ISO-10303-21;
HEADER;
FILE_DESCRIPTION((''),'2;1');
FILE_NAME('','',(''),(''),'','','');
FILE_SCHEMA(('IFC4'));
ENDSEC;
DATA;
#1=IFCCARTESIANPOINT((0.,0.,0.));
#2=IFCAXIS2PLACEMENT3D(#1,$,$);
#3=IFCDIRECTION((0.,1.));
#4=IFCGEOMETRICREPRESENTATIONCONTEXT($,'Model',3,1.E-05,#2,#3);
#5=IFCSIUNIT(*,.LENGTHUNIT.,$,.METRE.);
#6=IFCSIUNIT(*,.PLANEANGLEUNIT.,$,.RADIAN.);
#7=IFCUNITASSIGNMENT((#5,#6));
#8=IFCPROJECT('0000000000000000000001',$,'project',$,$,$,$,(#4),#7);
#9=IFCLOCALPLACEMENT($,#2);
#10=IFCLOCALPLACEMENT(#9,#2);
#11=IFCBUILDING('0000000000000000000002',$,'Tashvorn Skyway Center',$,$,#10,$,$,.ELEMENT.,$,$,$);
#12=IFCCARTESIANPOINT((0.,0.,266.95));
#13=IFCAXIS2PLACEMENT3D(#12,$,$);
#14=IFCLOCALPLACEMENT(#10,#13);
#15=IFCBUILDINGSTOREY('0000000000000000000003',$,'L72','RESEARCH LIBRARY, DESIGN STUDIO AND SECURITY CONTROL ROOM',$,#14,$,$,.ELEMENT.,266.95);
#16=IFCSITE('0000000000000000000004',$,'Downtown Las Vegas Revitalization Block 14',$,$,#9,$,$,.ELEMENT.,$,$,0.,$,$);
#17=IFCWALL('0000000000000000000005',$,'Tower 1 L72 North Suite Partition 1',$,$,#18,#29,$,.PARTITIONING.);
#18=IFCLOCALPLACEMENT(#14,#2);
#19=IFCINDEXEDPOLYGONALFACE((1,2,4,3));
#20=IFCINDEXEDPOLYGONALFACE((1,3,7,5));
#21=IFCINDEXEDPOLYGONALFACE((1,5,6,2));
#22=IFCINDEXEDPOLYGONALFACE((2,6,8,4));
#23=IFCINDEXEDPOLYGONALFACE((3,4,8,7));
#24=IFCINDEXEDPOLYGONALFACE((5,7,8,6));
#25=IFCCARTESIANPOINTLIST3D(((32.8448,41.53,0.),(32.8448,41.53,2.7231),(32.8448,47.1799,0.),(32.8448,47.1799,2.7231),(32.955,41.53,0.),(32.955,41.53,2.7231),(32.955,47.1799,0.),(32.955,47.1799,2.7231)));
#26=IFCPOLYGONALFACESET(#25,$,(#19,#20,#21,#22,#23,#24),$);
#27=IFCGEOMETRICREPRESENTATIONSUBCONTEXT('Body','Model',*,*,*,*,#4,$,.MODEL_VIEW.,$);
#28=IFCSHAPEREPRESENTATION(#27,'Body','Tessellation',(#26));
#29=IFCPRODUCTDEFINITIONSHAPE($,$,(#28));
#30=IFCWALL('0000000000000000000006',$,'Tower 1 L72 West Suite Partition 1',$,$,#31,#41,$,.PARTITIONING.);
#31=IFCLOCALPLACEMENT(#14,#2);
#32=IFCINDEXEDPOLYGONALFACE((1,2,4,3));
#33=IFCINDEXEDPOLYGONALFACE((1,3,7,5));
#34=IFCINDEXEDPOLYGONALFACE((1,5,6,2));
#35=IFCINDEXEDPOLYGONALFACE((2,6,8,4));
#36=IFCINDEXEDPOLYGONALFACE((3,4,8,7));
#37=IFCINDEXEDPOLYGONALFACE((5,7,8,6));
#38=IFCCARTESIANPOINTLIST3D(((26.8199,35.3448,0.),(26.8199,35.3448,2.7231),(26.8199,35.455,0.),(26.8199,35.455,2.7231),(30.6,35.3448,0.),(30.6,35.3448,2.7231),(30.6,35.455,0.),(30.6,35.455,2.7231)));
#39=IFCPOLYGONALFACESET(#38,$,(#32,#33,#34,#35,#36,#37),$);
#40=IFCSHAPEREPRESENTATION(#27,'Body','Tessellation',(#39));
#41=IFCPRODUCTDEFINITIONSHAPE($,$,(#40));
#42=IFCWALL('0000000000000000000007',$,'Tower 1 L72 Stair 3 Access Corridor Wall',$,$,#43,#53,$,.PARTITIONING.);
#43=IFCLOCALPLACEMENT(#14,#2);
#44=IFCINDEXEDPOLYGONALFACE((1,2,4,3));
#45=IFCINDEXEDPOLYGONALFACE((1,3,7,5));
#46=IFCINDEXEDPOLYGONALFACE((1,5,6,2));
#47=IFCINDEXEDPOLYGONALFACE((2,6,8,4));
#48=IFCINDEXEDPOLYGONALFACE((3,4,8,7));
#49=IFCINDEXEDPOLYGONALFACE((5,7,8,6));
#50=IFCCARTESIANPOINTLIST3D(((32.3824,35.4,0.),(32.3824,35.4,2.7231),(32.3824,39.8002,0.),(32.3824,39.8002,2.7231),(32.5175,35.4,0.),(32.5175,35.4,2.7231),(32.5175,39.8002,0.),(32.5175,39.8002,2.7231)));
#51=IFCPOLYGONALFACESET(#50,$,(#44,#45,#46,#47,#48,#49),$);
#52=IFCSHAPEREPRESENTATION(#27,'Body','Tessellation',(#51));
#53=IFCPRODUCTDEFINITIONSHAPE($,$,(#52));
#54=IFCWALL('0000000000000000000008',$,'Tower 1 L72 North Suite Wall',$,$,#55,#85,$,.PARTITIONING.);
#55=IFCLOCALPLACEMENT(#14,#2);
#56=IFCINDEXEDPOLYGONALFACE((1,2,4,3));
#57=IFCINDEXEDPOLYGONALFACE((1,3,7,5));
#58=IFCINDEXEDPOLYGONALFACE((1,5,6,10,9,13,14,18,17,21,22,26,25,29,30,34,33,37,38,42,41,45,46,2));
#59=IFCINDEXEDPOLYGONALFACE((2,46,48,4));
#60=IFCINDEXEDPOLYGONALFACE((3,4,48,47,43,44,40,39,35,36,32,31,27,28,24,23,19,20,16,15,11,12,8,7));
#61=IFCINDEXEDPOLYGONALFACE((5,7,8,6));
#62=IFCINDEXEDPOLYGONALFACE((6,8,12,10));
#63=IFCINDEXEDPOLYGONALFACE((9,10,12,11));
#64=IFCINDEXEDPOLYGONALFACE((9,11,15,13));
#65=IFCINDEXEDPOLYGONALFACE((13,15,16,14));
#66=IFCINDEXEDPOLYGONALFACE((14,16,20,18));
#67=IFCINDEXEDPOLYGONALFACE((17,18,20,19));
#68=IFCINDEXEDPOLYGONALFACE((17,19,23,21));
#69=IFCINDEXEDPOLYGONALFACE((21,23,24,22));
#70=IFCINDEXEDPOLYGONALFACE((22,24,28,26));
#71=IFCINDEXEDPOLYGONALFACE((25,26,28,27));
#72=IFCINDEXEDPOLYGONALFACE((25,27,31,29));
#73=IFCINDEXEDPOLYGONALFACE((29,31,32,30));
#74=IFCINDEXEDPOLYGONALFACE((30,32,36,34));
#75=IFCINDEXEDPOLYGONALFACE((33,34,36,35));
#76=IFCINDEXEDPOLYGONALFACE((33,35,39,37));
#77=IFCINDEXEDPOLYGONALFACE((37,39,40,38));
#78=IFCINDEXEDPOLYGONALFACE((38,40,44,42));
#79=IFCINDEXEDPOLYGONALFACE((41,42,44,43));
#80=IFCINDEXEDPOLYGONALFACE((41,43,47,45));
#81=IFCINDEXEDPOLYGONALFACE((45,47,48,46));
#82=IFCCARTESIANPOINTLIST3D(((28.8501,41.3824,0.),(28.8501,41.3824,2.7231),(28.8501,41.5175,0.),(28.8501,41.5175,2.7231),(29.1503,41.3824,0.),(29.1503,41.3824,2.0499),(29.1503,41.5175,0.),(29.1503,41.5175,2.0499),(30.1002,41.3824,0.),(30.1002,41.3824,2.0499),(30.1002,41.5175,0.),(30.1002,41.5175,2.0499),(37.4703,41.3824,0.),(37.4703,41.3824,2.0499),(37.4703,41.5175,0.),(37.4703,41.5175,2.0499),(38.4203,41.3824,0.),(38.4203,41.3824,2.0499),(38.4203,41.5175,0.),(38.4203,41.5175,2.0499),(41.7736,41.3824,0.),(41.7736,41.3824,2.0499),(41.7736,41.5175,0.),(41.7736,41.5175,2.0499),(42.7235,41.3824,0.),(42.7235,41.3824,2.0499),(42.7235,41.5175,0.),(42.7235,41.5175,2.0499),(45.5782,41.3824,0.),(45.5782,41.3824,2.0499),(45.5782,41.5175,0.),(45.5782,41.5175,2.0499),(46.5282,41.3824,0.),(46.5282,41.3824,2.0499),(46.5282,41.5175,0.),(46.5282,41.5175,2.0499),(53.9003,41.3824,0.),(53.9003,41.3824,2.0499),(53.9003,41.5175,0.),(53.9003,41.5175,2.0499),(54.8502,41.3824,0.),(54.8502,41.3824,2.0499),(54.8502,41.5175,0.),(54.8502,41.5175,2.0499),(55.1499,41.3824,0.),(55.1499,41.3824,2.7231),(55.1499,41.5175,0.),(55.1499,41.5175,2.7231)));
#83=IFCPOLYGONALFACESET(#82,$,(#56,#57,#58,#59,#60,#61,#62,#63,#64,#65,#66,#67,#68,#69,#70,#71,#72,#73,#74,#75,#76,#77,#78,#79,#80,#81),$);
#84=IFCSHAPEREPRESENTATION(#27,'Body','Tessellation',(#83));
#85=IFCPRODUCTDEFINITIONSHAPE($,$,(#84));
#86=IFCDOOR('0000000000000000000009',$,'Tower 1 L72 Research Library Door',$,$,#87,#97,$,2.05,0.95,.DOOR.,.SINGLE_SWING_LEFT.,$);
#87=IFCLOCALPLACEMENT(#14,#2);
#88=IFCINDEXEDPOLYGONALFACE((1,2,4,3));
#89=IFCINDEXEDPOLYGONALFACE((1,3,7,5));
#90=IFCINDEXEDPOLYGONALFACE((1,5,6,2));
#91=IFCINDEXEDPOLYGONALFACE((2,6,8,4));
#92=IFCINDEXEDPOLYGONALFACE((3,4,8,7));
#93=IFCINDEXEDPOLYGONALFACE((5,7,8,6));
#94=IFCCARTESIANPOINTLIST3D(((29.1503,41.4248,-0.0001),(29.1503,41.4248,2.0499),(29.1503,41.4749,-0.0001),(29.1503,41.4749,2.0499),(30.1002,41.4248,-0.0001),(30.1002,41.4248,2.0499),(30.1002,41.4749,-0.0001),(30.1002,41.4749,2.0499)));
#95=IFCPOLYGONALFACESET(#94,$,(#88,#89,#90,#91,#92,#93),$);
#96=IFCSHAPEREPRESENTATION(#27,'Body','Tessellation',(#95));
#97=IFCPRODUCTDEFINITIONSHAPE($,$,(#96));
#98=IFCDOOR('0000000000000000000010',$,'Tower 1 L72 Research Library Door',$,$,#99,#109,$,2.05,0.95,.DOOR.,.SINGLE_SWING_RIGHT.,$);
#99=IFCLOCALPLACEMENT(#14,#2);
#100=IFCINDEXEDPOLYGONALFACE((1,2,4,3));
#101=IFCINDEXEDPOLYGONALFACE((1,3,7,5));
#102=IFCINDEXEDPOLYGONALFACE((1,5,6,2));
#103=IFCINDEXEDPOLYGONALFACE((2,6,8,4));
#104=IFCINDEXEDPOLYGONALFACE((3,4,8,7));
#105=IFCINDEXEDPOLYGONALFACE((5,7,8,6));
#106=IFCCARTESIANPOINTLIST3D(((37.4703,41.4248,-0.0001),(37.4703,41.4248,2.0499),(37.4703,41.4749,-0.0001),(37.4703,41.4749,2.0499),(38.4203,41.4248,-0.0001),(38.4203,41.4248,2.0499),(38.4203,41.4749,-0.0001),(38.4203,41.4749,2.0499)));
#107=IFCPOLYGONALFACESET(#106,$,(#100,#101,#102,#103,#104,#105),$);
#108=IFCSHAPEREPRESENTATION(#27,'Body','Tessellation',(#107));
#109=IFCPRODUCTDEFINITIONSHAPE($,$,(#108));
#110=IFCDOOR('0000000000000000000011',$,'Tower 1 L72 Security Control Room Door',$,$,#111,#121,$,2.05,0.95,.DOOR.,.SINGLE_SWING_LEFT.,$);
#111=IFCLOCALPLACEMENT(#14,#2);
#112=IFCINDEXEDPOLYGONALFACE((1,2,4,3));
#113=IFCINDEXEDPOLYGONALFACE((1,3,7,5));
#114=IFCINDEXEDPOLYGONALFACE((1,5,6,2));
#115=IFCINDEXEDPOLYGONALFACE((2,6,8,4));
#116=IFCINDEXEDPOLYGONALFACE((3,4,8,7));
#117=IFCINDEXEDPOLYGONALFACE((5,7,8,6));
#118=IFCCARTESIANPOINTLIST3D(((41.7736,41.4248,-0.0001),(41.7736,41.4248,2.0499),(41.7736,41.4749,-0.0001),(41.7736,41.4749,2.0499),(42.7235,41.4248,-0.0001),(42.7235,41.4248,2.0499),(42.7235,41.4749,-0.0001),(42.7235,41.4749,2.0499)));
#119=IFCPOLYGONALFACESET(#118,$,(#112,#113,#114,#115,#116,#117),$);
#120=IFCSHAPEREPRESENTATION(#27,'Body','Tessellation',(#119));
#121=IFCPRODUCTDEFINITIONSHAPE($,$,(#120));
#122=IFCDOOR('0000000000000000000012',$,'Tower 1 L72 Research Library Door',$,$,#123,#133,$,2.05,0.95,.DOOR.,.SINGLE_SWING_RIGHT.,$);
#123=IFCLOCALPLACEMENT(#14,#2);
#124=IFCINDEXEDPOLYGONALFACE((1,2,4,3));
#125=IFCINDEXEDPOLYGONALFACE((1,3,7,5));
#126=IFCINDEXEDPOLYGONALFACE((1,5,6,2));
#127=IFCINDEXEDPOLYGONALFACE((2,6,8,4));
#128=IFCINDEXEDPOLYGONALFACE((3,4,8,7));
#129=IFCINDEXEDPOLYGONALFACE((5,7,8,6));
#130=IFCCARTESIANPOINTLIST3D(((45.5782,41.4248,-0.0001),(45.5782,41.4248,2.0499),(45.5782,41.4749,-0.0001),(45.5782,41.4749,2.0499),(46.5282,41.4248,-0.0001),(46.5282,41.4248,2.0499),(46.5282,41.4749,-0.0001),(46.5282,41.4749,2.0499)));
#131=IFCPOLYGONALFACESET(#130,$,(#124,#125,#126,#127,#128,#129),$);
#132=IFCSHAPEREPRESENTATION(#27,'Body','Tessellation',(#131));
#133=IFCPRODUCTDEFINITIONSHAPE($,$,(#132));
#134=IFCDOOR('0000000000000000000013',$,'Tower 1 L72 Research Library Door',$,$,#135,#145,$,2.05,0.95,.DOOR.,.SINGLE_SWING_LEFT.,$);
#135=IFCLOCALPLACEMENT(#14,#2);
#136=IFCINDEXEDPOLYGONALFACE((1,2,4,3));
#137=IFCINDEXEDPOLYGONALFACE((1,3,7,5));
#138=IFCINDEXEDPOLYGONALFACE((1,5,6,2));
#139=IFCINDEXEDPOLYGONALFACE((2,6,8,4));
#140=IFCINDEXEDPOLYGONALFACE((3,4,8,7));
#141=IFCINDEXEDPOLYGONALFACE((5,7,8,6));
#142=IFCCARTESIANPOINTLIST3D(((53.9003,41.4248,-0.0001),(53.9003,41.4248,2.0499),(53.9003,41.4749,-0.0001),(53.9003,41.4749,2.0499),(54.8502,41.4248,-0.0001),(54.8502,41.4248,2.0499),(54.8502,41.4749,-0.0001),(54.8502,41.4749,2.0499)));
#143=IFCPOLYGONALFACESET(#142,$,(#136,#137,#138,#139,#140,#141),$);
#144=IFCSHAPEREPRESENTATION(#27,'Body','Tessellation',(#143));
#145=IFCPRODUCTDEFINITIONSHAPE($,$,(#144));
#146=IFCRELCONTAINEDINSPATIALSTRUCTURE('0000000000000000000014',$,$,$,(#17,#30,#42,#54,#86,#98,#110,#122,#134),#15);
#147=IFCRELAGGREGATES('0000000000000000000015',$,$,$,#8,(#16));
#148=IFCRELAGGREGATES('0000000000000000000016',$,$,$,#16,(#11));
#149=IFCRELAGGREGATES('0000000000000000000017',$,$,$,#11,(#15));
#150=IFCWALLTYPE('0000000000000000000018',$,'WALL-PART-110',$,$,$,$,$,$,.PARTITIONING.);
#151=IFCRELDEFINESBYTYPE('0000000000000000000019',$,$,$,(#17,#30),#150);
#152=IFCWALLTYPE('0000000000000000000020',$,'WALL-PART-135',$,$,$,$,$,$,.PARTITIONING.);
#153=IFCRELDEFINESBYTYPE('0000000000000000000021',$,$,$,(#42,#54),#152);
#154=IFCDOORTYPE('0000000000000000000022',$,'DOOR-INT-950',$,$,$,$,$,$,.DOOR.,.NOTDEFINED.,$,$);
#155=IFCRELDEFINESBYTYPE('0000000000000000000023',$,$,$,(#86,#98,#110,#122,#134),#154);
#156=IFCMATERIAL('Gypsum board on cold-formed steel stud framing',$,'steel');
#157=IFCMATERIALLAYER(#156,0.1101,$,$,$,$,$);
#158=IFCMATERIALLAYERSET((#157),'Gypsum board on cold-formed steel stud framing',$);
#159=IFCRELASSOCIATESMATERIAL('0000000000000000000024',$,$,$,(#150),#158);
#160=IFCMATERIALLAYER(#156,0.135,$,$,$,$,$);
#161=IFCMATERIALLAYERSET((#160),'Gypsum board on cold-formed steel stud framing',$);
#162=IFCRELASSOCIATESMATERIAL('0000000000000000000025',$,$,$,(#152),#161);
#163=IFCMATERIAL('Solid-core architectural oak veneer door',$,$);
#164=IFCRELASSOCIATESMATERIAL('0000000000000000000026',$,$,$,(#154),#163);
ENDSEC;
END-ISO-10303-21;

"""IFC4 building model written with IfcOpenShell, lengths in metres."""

from ifc_helpers import new_model, si_unit, direction, frame, frame_2d, origin, place, context, subcontext, project, spatial, rectangle, extrude, material, layer, layer_set, type_object, element, fill, save


model = new_model("IFC4")

# Units and contexts
model_context = context("Model", 3, precision=1e-05, world=origin(), true_north=direction((0.0, 1.0)))
body_context = subcontext(model_context, "Body", "Model", "MODEL_VIEW")
ifc_project = project(units=[si_unit("LENGTHUNIT", "METRE"), si_unit("PLANEANGLEUNIT", "RADIAN")], contexts=[model_context])

# Site, building, storey
site_placement = place(None, origin())
site = spatial("IfcSite", under=ifc_project, at=site_placement, Name="Downtown Las Vegas Revitalization Block 14", CompositionType="ELEMENT", RefElevation=0.0)
building_placement = place(site_placement, origin())
building = spatial("IfcBuilding", under=site, at=building_placement, Name="Tashvorn Skyway Center", CompositionType="ELEMENT")
storey_placement = place(building_placement, frame((0.0, 0.0, 266.95)))
storey = spatial("IfcBuildingStorey", under=building, at=storey_placement, Name="L72", Description="RESEARCH LIBRARY, DESIGN STUDIO AND SECURITY CONTROL ROOM", CompositionType="ELEMENT", Elevation=266.95)

# Walls
ifc_material_1 = material(Name="Gypsum board on cold-formed steel stud framing", Category="steel")
ifc_layer_1 = layer(ifc_material_1, 0.1101)
ifc_layer_set_1 = layer_set([ifc_layer_1], Name="Gypsum board on cold-formed steel stud framing")
wall_type_1 = type_object("IfcWallType", Name="WALL-PART-110", PredefinedType="PARTITIONING", material=ifc_layer_set_1)
wall_1_placement = place(storey_placement, frame((32.8999, 41.53, 0.0), z_axis=(0.0, 0.0, 1.0), x_axis=(0.0, 1.0, 0.0)))
element("IfcWall", 1, at=wall_1_placement, inside=storey, type_object=wall_type_1, Name="Tower 1 L72 North Suite Partition 1", PredefinedType="PARTITIONING", context=body_context, shape_type="SweptSolid", body=[
    extrude(rectangle(XDim=5.6499, YDim=0.1101, at=frame_2d((2.825, 0.0))), origin(), (0.0, 0.0, 1.0), 2.7231),
])
wall_2_placement = place(storey_placement, frame((30.6001, 35.3999, 0.0), z_axis=(0.0, 0.0, 1.0), x_axis=(-1.0, 0.0, 0.0)))
element("IfcWall", 2, at=wall_2_placement, inside=storey, type_object=wall_type_1, Name="Tower 1 L72 West Suite Partition 1", PredefinedType="PARTITIONING", context=body_context, shape_type="SweptSolid", body=[
    extrude(rectangle(XDim=3.78, YDim=0.1101, at=frame_2d((1.8901, 0.0))), origin(), (0.0, 0.0, 1.0), 2.7231),
])
ifc_layer_2 = layer(ifc_material_1, 0.135)
ifc_layer_set_2 = layer_set([ifc_layer_2], Name="Gypsum board on cold-formed steel stud framing")
wall_type_2 = type_object("IfcWallType", Name="WALL-PART-135", PredefinedType="PARTITIONING", material=ifc_layer_set_2)
wall_3_placement = place(storey_placement, frame((32.45, 35.3999, 0.0), z_axis=(0.0, 0.0, 1.0), x_axis=(0.0, 1.0, 0.0)))
element("IfcWall", 3, at=wall_3_placement, inside=storey, type_object=wall_type_2, Name="Tower 1 L72 Stair 3 Access Corridor Wall", PredefinedType="PARTITIONING", context=body_context, shape_type="SweptSolid", body=[
    extrude(rectangle(XDim=4.4001, YDim=0.135, at=frame_2d((2.2002, 0.0))), origin(), (0.0, 0.0, 1.0), 2.7231),
])

# Wall, openings, doors
wall_4_placement = place(storey_placement, frame((28.8501, 41.45, 0.0), z_axis=(0.0, 0.0, 1.0), x_axis=(1.0, 0.0, 0.0)))
wall_4 = element("IfcWall", 4, at=wall_4_placement, inside=storey, type_object=wall_type_2, Name="Tower 1 L72 North Suite Wall", PredefinedType="PARTITIONING", context=body_context, shape_type="SweptSolid", body=[
    extrude(rectangle(XDim=26.2998, YDim=0.135, at=frame_2d((13.1499, 0.0))), origin(), (0.0, 0.0, 1.0), 2.7231),
])
opening_1_placement = place(wall_4_placement, frame((0.3, 0.0, 0.0)))
opening_1 = element("IfcOpeningElement", 5, at=opening_1_placement, cuts=wall_4, PredefinedType="OPENING", context=body_context, shape_type="SweptSolid", body=[
    extrude(rectangle(XDim=0.95, YDim=2.05, at=frame_2d((0.4751, 1.0249))), frame((0.0, 0.0774, 0.0), z_axis=(0.0, -1.0, 0.0), x_axis=(1.0, 0.0, 0.0)), (0.0, 0.0, 1.0), 0.155),
])
opening_2_placement = place(wall_4_placement, frame((8.6201, 0.0, 0.0)))
opening_2 = element("IfcOpeningElement", 6, at=opening_2_placement, cuts=wall_4, PredefinedType="OPENING", context=body_context, shape_type="SweptSolid", body=[
    extrude(rectangle(XDim=0.95, YDim=2.05, at=frame_2d((0.4751, 1.0249))), frame((0.0, 0.0774, 0.0), z_axis=(0.0, -1.0, 0.0), x_axis=(1.0, 0.0, 0.0)), (0.0, 0.0, 1.0), 0.155),
])
opening_3_placement = place(wall_4_placement, frame((12.9233, 0.0, 0.0)))
opening_3 = element("IfcOpeningElement", 7, at=opening_3_placement, cuts=wall_4, PredefinedType="OPENING", context=body_context, shape_type="SweptSolid", body=[
    extrude(rectangle(XDim=0.95, YDim=2.05, at=frame_2d((0.4751, 1.0249))), frame((0.0, 0.0774, 0.0), z_axis=(0.0, -1.0, 0.0), x_axis=(1.0, 0.0, 0.0)), (0.0, 0.0, 1.0), 0.155),
])
opening_4_placement = place(wall_4_placement, frame((16.728, 0.0, 0.0)))
opening_4 = element("IfcOpeningElement", 8, at=opening_4_placement, cuts=wall_4, PredefinedType="OPENING", context=body_context, shape_type="SweptSolid", body=[
    extrude(rectangle(XDim=0.95, YDim=2.05, at=frame_2d((0.4751, 1.0249))), frame((0.0, 0.0774, 0.0), z_axis=(0.0, -1.0, 0.0), x_axis=(1.0, 0.0, 0.0)), (0.0, 0.0, 1.0), 0.155),
])
opening_5_placement = place(wall_4_placement, frame((25.05, 0.0, 0.0)))
opening_5 = element("IfcOpeningElement", 9, at=opening_5_placement, cuts=wall_4, PredefinedType="OPENING", context=body_context, shape_type="SweptSolid", body=[
    extrude(rectangle(XDim=0.95, YDim=2.05, at=frame_2d((0.4751, 1.0249))), frame((0.0, 0.0774, 0.0), z_axis=(0.0, -1.0, 0.0), x_axis=(1.0, 0.0, 0.0)), (0.0, 0.0, 1.0), 0.155),
])
ifc_material_2 = material(Name="Solid-core architectural oak veneer door")
door_type_1 = type_object("IfcDoorType", Name="DOOR-INT-950", OperationType="NOTDEFINED", PredefinedType="DOOR", material=ifc_material_2)
door_1_placement = place(opening_1_placement, origin())
door_1 = element("IfcDoor", 10, at=door_1_placement, inside=storey, type_object=door_type_1, Name="Tower 1 L72 Research Library Door", OperationType="SINGLE_SWING_LEFT", OverallHeight=2.05, OverallWidth=0.95, PredefinedType="DOOR", context=body_context, shape_type="SweptSolid", body=[
    extrude(rectangle(XDim=0.95, YDim=2.05, at=frame_2d((0.4751, 1.0249))), frame((0.0, 0.0249, 0.0), z_axis=(0.0, -1.0, 0.0), x_axis=(1.0, 0.0, 0.0)), (0.0, 0.0, 1.0), 0.05),
])
fill(opening_1, door_1)
door_2_placement = place(opening_2_placement, origin())
door_2 = element("IfcDoor", 11, at=door_2_placement, inside=storey, type_object=door_type_1, Name="Tower 1 L72 Research Library Door", OperationType="SINGLE_SWING_RIGHT", OverallHeight=2.05, OverallWidth=0.95, PredefinedType="DOOR", context=body_context, shape_type="SweptSolid", body=[
    extrude(rectangle(XDim=0.95, YDim=2.05, at=frame_2d((0.4751, 1.0249))), frame((0.0, 0.0249, 0.0), z_axis=(0.0, -1.0, 0.0), x_axis=(1.0, 0.0, 0.0)), (0.0, 0.0, 1.0), 0.05),
])
fill(opening_2, door_2)
door_3_placement = place(opening_3_placement, origin())
door_3 = element("IfcDoor", 12, at=door_3_placement, inside=storey, type_object=door_type_1, Name="Tower 1 L72 Security Control Room Door", OperationType="SINGLE_SWING_LEFT", OverallHeight=2.05, OverallWidth=0.95, PredefinedType="DOOR", context=body_context, shape_type="SweptSolid", body=[
    extrude(rectangle(XDim=0.95, YDim=2.05, at=frame_2d((0.4751, 1.0249))), frame((0.0, 0.0249, 0.0), z_axis=(0.0, -1.0, 0.0), x_axis=(1.0, 0.0, 0.0)), (0.0, 0.0, 1.0), 0.05),
])
fill(opening_3, door_3)
door_4_placement = place(opening_4_placement, origin())
door_4 = element("IfcDoor", 13, at=door_4_placement, inside=storey, type_object=door_type_1, Name="Tower 1 L72 Research Library Door", OperationType="SINGLE_SWING_RIGHT", OverallHeight=2.05, OverallWidth=0.95, PredefinedType="DOOR", context=body_context, shape_type="SweptSolid", body=[
    extrude(rectangle(XDim=0.95, YDim=2.05, at=frame_2d((0.4751, 1.0249))), frame((0.0, 0.0249, 0.0), z_axis=(0.0, -1.0, 0.0), x_axis=(1.0, 0.0, 0.0)), (0.0, 0.0, 1.0), 0.05),
])
fill(opening_4, door_4)
door_5_placement = place(opening_5_placement, origin())
door_5 = element("IfcDoor", 14, at=door_5_placement, inside=storey, type_object=door_type_1, Name="Tower 1 L72 Research Library Door", OperationType="SINGLE_SWING_LEFT", OverallHeight=2.05, OverallWidth=0.95, PredefinedType="DOOR", context=body_context, shape_type="SweptSolid", body=[
    extrude(rectangle(XDim=0.95, YDim=2.05, at=frame_2d((0.4751, 1.0249))), frame((0.0, 0.0249, 0.0), z_axis=(0.0, -1.0, 0.0), x_axis=(1.0, 0.0, 0.0)), (0.0, 0.0, 1.0), 0.05),
])
fill(opening_5, door_5)

save(model, "model.ifc")
